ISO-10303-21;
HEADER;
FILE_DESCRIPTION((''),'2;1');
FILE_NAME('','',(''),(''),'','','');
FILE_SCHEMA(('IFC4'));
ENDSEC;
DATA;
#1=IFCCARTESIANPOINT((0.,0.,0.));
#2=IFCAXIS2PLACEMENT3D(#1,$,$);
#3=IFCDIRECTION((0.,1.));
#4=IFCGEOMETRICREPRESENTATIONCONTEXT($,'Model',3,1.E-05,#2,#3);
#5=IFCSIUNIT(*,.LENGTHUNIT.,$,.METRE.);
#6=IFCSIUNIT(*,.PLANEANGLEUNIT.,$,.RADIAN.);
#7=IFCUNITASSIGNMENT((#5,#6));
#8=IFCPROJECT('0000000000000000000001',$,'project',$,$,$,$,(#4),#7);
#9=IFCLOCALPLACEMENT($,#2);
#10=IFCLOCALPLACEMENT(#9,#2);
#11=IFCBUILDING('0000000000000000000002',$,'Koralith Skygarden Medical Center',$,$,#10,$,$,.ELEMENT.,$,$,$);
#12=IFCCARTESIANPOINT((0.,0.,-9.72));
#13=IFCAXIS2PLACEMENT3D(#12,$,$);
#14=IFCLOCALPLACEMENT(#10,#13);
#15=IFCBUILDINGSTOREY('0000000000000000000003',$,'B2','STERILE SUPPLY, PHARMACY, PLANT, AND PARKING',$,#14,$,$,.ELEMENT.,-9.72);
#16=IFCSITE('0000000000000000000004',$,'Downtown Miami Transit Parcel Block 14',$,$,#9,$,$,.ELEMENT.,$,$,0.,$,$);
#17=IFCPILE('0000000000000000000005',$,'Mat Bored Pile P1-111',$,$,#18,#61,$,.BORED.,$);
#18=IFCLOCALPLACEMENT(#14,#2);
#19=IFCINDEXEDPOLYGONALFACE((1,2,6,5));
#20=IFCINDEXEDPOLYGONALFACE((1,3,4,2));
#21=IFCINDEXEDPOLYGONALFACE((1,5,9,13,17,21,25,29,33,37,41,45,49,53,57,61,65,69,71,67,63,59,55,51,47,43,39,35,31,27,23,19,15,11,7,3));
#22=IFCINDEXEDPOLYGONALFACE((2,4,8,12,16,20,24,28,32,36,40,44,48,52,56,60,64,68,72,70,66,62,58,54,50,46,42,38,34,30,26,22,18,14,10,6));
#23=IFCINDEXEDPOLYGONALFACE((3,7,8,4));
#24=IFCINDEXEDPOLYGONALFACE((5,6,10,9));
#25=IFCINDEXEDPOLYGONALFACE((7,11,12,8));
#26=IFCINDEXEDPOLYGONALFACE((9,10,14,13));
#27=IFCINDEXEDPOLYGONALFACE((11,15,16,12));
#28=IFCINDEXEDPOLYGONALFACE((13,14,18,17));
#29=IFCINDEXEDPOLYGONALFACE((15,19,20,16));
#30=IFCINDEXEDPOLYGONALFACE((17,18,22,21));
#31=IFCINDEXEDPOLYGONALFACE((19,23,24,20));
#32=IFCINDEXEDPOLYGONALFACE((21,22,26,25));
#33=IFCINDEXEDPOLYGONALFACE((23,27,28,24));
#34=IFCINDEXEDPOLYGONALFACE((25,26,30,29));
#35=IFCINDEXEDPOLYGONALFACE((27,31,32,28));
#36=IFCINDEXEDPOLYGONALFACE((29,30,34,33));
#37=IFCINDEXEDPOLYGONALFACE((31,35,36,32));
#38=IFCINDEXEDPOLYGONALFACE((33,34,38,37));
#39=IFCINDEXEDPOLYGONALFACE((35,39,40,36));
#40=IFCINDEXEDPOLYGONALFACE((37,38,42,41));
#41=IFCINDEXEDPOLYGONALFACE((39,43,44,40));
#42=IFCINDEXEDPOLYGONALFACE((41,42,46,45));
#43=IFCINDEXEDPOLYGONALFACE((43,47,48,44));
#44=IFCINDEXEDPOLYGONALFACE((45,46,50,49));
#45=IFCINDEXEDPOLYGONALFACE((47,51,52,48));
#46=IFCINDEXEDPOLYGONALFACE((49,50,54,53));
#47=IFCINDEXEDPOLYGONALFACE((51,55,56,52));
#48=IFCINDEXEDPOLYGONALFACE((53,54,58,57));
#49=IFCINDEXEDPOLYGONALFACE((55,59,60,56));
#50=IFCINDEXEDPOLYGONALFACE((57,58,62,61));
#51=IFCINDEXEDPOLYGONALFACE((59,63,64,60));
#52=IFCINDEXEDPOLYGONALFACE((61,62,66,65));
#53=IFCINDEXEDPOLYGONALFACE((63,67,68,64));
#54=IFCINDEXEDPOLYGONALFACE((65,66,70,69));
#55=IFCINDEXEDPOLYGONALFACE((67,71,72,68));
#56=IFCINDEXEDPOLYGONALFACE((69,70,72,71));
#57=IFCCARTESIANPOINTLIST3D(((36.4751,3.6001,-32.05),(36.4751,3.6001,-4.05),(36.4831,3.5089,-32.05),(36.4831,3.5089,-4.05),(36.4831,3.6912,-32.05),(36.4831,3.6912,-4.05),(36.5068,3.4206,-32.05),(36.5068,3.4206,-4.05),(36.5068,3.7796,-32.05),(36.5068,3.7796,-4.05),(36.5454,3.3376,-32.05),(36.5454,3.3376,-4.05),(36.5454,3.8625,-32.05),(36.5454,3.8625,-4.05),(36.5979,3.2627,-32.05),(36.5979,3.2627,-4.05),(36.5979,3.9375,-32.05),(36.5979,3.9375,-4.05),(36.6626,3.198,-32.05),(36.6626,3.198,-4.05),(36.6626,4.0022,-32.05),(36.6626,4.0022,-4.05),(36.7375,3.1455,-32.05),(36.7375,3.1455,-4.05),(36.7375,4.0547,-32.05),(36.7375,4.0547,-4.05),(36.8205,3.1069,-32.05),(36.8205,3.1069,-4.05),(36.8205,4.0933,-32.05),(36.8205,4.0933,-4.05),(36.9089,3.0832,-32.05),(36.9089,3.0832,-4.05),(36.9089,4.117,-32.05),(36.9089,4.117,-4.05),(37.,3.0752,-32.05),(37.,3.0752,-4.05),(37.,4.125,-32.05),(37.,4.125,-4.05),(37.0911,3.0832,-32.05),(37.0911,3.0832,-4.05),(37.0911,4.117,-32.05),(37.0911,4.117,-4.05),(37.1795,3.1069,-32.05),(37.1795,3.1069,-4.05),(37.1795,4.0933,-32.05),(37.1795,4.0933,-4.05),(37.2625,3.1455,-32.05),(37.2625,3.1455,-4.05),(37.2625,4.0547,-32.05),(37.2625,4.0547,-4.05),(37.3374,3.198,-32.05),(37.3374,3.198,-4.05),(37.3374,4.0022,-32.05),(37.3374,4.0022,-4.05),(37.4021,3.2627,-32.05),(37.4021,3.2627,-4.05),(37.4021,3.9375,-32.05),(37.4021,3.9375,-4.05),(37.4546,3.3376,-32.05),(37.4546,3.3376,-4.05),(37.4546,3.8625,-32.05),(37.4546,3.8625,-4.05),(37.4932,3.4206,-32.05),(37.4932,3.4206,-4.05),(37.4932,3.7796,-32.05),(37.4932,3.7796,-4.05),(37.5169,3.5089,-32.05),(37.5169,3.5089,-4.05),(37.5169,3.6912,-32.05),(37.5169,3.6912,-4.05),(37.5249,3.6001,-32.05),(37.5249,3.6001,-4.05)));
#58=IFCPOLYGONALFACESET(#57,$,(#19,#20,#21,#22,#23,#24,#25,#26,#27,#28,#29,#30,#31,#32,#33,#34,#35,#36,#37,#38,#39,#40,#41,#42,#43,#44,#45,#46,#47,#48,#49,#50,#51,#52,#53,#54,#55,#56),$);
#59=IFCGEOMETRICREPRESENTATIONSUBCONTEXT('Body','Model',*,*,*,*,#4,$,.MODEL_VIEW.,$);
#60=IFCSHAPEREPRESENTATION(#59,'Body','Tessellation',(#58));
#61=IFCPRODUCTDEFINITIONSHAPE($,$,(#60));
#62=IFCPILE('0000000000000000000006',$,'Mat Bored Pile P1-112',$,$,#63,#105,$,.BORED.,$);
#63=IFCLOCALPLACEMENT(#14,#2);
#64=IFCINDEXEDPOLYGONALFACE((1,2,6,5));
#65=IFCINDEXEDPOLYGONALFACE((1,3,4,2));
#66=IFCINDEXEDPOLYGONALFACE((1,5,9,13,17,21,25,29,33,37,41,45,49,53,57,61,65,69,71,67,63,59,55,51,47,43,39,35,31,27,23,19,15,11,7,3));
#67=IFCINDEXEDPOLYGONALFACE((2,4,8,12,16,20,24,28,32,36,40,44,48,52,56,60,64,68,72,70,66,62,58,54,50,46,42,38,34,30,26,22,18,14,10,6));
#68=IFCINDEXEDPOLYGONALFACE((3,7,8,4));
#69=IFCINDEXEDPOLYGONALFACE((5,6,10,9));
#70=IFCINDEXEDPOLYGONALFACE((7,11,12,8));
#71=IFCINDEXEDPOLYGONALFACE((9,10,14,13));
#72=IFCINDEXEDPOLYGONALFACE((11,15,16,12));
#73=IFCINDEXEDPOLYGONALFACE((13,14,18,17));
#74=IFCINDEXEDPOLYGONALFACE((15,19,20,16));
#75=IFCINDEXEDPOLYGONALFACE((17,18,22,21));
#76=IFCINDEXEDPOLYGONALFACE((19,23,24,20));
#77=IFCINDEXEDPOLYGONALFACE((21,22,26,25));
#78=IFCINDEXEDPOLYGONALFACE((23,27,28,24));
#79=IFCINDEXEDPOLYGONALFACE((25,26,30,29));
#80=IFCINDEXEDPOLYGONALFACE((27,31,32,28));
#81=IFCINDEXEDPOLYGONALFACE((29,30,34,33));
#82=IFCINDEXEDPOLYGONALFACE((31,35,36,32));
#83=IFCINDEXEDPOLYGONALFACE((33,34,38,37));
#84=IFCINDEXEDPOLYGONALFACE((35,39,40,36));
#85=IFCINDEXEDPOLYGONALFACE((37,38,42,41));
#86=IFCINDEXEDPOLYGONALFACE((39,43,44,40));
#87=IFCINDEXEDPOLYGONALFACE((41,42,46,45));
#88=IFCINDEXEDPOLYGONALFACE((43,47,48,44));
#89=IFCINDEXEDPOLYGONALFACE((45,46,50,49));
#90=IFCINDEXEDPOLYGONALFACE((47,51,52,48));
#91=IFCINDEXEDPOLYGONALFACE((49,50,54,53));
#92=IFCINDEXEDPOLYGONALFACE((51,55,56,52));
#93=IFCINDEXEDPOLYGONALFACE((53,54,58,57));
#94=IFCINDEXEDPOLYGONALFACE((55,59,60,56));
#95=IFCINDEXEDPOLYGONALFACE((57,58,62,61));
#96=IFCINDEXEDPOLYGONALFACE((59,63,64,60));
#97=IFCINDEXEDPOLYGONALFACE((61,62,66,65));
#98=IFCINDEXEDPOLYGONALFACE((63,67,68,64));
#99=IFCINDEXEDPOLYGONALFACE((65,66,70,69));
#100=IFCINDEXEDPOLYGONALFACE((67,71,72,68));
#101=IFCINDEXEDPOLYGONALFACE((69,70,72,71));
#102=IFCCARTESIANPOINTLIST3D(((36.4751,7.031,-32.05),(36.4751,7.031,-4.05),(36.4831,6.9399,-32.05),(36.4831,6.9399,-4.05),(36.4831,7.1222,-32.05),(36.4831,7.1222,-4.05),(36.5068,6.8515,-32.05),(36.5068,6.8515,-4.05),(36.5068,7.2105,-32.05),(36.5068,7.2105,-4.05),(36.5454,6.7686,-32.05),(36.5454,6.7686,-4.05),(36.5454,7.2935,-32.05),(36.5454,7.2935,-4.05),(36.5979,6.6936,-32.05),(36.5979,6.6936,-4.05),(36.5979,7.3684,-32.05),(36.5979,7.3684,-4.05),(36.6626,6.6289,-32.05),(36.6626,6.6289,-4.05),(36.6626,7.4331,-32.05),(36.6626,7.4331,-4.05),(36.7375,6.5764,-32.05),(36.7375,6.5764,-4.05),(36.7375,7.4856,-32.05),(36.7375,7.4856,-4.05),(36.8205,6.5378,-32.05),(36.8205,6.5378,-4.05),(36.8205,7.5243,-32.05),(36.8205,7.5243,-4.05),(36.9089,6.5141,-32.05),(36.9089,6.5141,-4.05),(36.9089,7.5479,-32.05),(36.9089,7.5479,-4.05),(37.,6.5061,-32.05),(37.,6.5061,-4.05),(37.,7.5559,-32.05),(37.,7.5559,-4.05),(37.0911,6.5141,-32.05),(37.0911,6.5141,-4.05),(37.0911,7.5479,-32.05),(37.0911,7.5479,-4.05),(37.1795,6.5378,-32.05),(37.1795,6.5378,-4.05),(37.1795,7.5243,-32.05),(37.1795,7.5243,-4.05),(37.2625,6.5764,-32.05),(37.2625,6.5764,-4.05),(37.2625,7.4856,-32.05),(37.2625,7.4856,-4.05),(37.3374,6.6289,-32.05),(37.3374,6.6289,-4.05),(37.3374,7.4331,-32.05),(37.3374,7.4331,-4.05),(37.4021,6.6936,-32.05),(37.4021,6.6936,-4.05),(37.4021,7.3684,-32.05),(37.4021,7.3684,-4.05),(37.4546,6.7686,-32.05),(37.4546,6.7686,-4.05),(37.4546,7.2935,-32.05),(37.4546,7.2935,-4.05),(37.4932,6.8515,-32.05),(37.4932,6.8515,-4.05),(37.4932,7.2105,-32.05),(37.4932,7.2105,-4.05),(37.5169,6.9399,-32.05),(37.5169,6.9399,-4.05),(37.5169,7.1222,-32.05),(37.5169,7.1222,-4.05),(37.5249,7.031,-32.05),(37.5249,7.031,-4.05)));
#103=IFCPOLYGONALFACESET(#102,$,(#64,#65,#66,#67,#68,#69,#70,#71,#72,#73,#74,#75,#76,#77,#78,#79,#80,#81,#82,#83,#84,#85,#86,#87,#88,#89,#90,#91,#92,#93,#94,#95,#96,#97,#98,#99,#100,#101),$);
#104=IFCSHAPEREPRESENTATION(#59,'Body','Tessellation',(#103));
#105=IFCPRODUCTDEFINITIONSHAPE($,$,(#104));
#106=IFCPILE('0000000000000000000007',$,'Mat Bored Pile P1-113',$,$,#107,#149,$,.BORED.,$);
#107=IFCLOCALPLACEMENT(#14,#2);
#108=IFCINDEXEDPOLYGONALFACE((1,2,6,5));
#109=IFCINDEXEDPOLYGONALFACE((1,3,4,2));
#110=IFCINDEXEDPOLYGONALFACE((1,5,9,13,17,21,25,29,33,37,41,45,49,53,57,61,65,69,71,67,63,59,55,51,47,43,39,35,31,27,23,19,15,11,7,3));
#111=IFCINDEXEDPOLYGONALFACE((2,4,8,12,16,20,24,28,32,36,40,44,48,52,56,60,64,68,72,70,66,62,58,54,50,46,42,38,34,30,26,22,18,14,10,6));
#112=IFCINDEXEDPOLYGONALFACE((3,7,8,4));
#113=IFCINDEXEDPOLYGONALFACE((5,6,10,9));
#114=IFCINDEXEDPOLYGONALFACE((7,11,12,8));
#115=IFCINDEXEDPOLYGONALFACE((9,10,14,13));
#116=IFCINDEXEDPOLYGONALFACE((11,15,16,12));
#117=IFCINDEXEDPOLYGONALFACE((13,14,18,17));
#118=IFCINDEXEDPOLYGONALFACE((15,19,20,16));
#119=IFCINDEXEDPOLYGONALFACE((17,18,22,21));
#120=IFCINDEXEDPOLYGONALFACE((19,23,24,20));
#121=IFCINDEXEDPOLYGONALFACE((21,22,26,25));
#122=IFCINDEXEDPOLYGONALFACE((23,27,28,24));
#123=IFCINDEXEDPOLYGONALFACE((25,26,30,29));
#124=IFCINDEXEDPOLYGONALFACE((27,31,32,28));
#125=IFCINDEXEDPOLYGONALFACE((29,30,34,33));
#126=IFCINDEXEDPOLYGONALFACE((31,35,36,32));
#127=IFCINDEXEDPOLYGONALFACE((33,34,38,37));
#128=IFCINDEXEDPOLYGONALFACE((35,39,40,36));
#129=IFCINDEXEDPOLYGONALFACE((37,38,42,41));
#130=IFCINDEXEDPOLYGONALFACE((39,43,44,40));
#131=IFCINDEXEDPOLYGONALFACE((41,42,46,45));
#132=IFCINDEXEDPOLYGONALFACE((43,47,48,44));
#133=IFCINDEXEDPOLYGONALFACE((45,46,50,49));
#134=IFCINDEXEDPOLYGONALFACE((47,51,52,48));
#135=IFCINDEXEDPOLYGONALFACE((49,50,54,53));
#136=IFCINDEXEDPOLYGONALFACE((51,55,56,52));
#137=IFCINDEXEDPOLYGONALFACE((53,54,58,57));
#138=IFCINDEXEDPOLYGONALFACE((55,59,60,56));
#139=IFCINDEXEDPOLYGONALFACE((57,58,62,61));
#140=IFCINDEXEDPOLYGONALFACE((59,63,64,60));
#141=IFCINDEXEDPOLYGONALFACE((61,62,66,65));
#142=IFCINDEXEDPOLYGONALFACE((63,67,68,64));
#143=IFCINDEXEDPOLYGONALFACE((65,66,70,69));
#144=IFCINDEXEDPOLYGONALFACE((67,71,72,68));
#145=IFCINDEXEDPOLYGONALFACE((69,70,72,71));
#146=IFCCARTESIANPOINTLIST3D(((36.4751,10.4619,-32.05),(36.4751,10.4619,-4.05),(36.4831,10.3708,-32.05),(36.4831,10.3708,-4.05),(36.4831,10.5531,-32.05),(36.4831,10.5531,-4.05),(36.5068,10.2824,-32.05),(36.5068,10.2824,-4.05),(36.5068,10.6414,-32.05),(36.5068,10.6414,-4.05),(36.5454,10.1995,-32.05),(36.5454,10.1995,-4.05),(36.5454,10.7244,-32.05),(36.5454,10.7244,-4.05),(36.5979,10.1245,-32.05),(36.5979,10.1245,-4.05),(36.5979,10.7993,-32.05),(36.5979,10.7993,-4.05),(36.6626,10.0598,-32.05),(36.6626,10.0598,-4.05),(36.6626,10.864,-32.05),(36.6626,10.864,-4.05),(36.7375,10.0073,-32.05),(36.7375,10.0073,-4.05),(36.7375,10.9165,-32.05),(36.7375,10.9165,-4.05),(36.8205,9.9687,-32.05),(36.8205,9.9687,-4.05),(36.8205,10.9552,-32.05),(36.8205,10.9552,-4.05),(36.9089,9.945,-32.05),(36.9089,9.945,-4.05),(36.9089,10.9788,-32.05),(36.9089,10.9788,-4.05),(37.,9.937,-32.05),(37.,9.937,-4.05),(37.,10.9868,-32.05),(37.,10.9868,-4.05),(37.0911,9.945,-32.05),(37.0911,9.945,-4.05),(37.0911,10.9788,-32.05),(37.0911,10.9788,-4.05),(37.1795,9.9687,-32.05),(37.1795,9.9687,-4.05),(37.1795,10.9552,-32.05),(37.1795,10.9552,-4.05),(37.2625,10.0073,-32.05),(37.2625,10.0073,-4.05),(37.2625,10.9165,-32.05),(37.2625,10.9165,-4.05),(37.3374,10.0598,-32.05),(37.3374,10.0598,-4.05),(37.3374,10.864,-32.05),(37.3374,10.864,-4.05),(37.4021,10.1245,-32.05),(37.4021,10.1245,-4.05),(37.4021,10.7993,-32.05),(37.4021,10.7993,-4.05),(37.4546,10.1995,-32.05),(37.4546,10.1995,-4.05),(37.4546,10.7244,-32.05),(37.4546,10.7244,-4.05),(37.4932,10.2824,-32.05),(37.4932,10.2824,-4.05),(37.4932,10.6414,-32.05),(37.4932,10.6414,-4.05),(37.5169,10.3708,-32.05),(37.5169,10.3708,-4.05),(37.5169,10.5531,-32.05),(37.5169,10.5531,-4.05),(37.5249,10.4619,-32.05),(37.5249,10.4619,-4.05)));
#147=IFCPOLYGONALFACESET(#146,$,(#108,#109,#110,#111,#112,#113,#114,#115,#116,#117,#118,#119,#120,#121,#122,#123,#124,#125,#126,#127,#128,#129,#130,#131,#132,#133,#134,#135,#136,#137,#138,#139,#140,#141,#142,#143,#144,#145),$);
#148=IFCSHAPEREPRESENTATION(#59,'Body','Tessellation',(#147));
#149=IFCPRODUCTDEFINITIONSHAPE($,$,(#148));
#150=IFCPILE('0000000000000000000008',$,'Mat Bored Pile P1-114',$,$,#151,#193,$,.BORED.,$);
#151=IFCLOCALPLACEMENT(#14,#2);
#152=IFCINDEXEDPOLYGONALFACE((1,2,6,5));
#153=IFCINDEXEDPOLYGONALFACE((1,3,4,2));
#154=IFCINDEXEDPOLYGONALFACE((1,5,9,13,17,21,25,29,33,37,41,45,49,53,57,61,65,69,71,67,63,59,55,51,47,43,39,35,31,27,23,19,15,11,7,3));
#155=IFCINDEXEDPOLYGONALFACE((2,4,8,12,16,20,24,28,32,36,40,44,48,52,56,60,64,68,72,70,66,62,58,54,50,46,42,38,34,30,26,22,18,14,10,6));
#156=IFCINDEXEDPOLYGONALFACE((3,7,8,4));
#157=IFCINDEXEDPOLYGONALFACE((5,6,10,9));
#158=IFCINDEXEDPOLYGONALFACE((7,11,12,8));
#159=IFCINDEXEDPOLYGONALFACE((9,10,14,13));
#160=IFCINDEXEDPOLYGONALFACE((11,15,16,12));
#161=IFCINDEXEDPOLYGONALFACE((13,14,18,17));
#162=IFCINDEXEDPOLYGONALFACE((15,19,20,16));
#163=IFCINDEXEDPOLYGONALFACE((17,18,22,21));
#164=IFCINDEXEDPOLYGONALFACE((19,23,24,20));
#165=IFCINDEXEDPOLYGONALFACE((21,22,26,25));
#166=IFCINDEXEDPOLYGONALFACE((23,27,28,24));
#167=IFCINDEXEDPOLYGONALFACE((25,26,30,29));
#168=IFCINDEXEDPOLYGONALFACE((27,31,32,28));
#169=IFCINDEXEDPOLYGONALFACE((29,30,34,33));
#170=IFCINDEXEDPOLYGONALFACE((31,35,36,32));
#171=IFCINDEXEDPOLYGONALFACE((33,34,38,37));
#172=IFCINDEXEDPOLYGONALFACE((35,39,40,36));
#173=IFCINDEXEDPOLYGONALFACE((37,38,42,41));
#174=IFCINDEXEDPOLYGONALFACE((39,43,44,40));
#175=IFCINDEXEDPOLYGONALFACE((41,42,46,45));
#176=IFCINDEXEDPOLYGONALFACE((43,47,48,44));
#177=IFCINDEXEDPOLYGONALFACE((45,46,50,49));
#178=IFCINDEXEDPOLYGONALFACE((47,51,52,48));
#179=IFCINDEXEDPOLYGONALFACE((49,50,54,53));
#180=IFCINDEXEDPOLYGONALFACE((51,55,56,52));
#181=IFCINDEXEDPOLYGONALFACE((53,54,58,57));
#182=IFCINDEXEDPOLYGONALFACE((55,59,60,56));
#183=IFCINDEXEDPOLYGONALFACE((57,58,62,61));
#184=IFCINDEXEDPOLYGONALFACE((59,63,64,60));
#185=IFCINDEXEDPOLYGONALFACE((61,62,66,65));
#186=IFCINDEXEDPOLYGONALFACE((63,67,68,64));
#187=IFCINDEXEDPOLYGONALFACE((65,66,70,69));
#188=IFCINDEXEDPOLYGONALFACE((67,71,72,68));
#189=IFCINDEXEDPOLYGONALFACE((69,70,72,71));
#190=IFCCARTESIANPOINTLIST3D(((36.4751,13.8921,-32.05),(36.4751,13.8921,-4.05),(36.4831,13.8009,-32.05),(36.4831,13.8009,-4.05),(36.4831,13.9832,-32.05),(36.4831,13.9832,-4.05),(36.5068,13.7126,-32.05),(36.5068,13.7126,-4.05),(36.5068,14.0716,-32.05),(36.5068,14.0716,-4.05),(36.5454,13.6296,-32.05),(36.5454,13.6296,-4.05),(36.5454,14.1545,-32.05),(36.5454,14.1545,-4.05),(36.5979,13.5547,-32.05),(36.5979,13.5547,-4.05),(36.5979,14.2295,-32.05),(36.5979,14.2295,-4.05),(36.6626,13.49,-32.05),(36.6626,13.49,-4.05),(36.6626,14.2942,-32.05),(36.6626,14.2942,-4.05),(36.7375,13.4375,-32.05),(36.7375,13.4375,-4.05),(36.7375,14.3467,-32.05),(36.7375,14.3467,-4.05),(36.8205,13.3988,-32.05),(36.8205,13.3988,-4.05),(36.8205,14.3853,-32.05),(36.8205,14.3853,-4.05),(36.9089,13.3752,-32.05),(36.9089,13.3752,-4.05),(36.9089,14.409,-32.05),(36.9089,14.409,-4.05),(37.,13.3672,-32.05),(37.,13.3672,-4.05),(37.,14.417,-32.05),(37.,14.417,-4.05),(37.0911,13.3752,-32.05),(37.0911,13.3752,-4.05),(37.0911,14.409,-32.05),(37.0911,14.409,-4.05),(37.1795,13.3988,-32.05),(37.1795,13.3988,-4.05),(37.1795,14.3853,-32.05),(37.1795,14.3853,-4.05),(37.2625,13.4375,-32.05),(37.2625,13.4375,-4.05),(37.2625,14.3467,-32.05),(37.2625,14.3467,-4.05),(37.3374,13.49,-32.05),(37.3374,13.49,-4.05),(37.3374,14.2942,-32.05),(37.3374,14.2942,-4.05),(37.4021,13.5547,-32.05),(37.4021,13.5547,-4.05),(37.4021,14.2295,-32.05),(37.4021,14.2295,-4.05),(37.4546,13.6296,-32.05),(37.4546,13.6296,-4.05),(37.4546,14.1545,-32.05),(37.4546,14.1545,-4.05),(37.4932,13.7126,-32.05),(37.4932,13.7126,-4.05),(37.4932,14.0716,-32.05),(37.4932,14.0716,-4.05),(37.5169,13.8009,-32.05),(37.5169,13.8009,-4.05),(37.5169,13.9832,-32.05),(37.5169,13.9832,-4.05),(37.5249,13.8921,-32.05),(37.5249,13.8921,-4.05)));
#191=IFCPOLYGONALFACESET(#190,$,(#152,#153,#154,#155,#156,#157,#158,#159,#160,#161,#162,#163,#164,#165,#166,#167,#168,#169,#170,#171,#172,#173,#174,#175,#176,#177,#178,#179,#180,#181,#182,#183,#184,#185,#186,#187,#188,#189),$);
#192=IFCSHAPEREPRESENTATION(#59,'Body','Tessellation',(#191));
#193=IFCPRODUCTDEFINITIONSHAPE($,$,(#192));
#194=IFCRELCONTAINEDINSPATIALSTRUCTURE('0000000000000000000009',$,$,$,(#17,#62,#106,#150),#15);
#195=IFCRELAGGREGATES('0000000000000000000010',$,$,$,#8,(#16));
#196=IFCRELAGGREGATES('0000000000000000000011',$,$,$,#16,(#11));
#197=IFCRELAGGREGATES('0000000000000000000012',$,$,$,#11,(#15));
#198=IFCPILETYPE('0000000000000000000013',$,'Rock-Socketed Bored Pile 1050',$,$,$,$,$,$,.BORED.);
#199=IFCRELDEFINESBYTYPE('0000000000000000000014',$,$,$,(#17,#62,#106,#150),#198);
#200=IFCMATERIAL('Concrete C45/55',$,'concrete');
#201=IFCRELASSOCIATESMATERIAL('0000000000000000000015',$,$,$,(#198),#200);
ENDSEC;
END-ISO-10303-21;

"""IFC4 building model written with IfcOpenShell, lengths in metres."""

from ifc_helpers import new_model, si_unit, direction, frame, origin, origin_2d, place, context, subcontext, project, spatial, circle, extrude, material, material_profile, profile_set, type_object, element, save


model = new_model("IFC4")

# Units and contexts
model_context = context("Model", 3, precision=1e-05, world=origin(), true_north=direction((0.0, 1.0)))
body_context = subcontext(model_context, "Body", "Model", "MODEL_VIEW")
ifc_project = project(units=[si_unit("LENGTHUNIT", "METRE"), si_unit("PLANEANGLEUNIT", "RADIAN")], contexts=[model_context])

# Site, building, storey
site_placement = place(None, origin())
site = spatial("IfcSite", under=ifc_project, at=site_placement, Name="Downtown Miami Transit Parcel Block 14", CompositionType="ELEMENT", RefElevation=0.0)
building_placement = place(site_placement, origin())
building = spatial("IfcBuilding", under=site, at=building_placement, Name="Koralith Skygarden Medical Center", CompositionType="ELEMENT")
storey_placement = place(building_placement, frame((0.0, 0.0, -9.72)))
storey = spatial("IfcBuildingStorey", under=building, at=storey_placement, Name="B2", Description="STERILE SUPPLY, PHARMACY, PLANT, AND PARKING", CompositionType="ELEMENT", Elevation=-9.72)

# Piles
ifc_material_1 = material(Name="Concrete C45/55", Category="concrete")
ifc_material_profile_1 = material_profile(ifc_material_1, circle(Radius=0.5249, at=origin_2d()), Name="PILE1050")
ifc_profile_set_1 = profile_set([ifc_material_profile_1], Name="Concrete C45/55")
pile_type_1 = type_object("IfcPileType", Name="Rock-Socketed Bored Pile 1050", PredefinedType="BORED", material=ifc_profile_set_1)
for number, where, z_axis, x_axis, name in (
    (1, (37.0, 3.6001, -4.05), (0.0, 0.0, -1.0), (1.0, 0.0, 0.0), "Mat Bored Pile P1-111"),
    (2, (37.0, 7.031, -4.05), (0.0, 0.0, -1.0), (1.0, 0.0, 0.0), "Mat Bored Pile P1-112"),
    (3, (37.0, 10.4619, -4.05), (0.0, 0.0, -1.0), (1.0, 0.0, 0.0), "Mat Bored Pile P1-113"),
    (4, (37.0, 13.8921, -4.05), (0.0, 0.0, -1.0), (1.0, 0.0, 0.0), "Mat Bored Pile P1-114"),
):
    element("IfcPile", number, at=place(storey_placement, frame(where, z_axis=z_axis, x_axis=x_axis)), inside=storey, type_object=pile_type_1, Name=name, PredefinedType="BORED", context=body_context, shape_type="SweptSolid", body=[
        extrude(circle(Radius=0.5249, at=origin_2d()), origin(), (0.0, 0.0, 1.0), 28.0),
    ])

save(model, "model.ifc")
